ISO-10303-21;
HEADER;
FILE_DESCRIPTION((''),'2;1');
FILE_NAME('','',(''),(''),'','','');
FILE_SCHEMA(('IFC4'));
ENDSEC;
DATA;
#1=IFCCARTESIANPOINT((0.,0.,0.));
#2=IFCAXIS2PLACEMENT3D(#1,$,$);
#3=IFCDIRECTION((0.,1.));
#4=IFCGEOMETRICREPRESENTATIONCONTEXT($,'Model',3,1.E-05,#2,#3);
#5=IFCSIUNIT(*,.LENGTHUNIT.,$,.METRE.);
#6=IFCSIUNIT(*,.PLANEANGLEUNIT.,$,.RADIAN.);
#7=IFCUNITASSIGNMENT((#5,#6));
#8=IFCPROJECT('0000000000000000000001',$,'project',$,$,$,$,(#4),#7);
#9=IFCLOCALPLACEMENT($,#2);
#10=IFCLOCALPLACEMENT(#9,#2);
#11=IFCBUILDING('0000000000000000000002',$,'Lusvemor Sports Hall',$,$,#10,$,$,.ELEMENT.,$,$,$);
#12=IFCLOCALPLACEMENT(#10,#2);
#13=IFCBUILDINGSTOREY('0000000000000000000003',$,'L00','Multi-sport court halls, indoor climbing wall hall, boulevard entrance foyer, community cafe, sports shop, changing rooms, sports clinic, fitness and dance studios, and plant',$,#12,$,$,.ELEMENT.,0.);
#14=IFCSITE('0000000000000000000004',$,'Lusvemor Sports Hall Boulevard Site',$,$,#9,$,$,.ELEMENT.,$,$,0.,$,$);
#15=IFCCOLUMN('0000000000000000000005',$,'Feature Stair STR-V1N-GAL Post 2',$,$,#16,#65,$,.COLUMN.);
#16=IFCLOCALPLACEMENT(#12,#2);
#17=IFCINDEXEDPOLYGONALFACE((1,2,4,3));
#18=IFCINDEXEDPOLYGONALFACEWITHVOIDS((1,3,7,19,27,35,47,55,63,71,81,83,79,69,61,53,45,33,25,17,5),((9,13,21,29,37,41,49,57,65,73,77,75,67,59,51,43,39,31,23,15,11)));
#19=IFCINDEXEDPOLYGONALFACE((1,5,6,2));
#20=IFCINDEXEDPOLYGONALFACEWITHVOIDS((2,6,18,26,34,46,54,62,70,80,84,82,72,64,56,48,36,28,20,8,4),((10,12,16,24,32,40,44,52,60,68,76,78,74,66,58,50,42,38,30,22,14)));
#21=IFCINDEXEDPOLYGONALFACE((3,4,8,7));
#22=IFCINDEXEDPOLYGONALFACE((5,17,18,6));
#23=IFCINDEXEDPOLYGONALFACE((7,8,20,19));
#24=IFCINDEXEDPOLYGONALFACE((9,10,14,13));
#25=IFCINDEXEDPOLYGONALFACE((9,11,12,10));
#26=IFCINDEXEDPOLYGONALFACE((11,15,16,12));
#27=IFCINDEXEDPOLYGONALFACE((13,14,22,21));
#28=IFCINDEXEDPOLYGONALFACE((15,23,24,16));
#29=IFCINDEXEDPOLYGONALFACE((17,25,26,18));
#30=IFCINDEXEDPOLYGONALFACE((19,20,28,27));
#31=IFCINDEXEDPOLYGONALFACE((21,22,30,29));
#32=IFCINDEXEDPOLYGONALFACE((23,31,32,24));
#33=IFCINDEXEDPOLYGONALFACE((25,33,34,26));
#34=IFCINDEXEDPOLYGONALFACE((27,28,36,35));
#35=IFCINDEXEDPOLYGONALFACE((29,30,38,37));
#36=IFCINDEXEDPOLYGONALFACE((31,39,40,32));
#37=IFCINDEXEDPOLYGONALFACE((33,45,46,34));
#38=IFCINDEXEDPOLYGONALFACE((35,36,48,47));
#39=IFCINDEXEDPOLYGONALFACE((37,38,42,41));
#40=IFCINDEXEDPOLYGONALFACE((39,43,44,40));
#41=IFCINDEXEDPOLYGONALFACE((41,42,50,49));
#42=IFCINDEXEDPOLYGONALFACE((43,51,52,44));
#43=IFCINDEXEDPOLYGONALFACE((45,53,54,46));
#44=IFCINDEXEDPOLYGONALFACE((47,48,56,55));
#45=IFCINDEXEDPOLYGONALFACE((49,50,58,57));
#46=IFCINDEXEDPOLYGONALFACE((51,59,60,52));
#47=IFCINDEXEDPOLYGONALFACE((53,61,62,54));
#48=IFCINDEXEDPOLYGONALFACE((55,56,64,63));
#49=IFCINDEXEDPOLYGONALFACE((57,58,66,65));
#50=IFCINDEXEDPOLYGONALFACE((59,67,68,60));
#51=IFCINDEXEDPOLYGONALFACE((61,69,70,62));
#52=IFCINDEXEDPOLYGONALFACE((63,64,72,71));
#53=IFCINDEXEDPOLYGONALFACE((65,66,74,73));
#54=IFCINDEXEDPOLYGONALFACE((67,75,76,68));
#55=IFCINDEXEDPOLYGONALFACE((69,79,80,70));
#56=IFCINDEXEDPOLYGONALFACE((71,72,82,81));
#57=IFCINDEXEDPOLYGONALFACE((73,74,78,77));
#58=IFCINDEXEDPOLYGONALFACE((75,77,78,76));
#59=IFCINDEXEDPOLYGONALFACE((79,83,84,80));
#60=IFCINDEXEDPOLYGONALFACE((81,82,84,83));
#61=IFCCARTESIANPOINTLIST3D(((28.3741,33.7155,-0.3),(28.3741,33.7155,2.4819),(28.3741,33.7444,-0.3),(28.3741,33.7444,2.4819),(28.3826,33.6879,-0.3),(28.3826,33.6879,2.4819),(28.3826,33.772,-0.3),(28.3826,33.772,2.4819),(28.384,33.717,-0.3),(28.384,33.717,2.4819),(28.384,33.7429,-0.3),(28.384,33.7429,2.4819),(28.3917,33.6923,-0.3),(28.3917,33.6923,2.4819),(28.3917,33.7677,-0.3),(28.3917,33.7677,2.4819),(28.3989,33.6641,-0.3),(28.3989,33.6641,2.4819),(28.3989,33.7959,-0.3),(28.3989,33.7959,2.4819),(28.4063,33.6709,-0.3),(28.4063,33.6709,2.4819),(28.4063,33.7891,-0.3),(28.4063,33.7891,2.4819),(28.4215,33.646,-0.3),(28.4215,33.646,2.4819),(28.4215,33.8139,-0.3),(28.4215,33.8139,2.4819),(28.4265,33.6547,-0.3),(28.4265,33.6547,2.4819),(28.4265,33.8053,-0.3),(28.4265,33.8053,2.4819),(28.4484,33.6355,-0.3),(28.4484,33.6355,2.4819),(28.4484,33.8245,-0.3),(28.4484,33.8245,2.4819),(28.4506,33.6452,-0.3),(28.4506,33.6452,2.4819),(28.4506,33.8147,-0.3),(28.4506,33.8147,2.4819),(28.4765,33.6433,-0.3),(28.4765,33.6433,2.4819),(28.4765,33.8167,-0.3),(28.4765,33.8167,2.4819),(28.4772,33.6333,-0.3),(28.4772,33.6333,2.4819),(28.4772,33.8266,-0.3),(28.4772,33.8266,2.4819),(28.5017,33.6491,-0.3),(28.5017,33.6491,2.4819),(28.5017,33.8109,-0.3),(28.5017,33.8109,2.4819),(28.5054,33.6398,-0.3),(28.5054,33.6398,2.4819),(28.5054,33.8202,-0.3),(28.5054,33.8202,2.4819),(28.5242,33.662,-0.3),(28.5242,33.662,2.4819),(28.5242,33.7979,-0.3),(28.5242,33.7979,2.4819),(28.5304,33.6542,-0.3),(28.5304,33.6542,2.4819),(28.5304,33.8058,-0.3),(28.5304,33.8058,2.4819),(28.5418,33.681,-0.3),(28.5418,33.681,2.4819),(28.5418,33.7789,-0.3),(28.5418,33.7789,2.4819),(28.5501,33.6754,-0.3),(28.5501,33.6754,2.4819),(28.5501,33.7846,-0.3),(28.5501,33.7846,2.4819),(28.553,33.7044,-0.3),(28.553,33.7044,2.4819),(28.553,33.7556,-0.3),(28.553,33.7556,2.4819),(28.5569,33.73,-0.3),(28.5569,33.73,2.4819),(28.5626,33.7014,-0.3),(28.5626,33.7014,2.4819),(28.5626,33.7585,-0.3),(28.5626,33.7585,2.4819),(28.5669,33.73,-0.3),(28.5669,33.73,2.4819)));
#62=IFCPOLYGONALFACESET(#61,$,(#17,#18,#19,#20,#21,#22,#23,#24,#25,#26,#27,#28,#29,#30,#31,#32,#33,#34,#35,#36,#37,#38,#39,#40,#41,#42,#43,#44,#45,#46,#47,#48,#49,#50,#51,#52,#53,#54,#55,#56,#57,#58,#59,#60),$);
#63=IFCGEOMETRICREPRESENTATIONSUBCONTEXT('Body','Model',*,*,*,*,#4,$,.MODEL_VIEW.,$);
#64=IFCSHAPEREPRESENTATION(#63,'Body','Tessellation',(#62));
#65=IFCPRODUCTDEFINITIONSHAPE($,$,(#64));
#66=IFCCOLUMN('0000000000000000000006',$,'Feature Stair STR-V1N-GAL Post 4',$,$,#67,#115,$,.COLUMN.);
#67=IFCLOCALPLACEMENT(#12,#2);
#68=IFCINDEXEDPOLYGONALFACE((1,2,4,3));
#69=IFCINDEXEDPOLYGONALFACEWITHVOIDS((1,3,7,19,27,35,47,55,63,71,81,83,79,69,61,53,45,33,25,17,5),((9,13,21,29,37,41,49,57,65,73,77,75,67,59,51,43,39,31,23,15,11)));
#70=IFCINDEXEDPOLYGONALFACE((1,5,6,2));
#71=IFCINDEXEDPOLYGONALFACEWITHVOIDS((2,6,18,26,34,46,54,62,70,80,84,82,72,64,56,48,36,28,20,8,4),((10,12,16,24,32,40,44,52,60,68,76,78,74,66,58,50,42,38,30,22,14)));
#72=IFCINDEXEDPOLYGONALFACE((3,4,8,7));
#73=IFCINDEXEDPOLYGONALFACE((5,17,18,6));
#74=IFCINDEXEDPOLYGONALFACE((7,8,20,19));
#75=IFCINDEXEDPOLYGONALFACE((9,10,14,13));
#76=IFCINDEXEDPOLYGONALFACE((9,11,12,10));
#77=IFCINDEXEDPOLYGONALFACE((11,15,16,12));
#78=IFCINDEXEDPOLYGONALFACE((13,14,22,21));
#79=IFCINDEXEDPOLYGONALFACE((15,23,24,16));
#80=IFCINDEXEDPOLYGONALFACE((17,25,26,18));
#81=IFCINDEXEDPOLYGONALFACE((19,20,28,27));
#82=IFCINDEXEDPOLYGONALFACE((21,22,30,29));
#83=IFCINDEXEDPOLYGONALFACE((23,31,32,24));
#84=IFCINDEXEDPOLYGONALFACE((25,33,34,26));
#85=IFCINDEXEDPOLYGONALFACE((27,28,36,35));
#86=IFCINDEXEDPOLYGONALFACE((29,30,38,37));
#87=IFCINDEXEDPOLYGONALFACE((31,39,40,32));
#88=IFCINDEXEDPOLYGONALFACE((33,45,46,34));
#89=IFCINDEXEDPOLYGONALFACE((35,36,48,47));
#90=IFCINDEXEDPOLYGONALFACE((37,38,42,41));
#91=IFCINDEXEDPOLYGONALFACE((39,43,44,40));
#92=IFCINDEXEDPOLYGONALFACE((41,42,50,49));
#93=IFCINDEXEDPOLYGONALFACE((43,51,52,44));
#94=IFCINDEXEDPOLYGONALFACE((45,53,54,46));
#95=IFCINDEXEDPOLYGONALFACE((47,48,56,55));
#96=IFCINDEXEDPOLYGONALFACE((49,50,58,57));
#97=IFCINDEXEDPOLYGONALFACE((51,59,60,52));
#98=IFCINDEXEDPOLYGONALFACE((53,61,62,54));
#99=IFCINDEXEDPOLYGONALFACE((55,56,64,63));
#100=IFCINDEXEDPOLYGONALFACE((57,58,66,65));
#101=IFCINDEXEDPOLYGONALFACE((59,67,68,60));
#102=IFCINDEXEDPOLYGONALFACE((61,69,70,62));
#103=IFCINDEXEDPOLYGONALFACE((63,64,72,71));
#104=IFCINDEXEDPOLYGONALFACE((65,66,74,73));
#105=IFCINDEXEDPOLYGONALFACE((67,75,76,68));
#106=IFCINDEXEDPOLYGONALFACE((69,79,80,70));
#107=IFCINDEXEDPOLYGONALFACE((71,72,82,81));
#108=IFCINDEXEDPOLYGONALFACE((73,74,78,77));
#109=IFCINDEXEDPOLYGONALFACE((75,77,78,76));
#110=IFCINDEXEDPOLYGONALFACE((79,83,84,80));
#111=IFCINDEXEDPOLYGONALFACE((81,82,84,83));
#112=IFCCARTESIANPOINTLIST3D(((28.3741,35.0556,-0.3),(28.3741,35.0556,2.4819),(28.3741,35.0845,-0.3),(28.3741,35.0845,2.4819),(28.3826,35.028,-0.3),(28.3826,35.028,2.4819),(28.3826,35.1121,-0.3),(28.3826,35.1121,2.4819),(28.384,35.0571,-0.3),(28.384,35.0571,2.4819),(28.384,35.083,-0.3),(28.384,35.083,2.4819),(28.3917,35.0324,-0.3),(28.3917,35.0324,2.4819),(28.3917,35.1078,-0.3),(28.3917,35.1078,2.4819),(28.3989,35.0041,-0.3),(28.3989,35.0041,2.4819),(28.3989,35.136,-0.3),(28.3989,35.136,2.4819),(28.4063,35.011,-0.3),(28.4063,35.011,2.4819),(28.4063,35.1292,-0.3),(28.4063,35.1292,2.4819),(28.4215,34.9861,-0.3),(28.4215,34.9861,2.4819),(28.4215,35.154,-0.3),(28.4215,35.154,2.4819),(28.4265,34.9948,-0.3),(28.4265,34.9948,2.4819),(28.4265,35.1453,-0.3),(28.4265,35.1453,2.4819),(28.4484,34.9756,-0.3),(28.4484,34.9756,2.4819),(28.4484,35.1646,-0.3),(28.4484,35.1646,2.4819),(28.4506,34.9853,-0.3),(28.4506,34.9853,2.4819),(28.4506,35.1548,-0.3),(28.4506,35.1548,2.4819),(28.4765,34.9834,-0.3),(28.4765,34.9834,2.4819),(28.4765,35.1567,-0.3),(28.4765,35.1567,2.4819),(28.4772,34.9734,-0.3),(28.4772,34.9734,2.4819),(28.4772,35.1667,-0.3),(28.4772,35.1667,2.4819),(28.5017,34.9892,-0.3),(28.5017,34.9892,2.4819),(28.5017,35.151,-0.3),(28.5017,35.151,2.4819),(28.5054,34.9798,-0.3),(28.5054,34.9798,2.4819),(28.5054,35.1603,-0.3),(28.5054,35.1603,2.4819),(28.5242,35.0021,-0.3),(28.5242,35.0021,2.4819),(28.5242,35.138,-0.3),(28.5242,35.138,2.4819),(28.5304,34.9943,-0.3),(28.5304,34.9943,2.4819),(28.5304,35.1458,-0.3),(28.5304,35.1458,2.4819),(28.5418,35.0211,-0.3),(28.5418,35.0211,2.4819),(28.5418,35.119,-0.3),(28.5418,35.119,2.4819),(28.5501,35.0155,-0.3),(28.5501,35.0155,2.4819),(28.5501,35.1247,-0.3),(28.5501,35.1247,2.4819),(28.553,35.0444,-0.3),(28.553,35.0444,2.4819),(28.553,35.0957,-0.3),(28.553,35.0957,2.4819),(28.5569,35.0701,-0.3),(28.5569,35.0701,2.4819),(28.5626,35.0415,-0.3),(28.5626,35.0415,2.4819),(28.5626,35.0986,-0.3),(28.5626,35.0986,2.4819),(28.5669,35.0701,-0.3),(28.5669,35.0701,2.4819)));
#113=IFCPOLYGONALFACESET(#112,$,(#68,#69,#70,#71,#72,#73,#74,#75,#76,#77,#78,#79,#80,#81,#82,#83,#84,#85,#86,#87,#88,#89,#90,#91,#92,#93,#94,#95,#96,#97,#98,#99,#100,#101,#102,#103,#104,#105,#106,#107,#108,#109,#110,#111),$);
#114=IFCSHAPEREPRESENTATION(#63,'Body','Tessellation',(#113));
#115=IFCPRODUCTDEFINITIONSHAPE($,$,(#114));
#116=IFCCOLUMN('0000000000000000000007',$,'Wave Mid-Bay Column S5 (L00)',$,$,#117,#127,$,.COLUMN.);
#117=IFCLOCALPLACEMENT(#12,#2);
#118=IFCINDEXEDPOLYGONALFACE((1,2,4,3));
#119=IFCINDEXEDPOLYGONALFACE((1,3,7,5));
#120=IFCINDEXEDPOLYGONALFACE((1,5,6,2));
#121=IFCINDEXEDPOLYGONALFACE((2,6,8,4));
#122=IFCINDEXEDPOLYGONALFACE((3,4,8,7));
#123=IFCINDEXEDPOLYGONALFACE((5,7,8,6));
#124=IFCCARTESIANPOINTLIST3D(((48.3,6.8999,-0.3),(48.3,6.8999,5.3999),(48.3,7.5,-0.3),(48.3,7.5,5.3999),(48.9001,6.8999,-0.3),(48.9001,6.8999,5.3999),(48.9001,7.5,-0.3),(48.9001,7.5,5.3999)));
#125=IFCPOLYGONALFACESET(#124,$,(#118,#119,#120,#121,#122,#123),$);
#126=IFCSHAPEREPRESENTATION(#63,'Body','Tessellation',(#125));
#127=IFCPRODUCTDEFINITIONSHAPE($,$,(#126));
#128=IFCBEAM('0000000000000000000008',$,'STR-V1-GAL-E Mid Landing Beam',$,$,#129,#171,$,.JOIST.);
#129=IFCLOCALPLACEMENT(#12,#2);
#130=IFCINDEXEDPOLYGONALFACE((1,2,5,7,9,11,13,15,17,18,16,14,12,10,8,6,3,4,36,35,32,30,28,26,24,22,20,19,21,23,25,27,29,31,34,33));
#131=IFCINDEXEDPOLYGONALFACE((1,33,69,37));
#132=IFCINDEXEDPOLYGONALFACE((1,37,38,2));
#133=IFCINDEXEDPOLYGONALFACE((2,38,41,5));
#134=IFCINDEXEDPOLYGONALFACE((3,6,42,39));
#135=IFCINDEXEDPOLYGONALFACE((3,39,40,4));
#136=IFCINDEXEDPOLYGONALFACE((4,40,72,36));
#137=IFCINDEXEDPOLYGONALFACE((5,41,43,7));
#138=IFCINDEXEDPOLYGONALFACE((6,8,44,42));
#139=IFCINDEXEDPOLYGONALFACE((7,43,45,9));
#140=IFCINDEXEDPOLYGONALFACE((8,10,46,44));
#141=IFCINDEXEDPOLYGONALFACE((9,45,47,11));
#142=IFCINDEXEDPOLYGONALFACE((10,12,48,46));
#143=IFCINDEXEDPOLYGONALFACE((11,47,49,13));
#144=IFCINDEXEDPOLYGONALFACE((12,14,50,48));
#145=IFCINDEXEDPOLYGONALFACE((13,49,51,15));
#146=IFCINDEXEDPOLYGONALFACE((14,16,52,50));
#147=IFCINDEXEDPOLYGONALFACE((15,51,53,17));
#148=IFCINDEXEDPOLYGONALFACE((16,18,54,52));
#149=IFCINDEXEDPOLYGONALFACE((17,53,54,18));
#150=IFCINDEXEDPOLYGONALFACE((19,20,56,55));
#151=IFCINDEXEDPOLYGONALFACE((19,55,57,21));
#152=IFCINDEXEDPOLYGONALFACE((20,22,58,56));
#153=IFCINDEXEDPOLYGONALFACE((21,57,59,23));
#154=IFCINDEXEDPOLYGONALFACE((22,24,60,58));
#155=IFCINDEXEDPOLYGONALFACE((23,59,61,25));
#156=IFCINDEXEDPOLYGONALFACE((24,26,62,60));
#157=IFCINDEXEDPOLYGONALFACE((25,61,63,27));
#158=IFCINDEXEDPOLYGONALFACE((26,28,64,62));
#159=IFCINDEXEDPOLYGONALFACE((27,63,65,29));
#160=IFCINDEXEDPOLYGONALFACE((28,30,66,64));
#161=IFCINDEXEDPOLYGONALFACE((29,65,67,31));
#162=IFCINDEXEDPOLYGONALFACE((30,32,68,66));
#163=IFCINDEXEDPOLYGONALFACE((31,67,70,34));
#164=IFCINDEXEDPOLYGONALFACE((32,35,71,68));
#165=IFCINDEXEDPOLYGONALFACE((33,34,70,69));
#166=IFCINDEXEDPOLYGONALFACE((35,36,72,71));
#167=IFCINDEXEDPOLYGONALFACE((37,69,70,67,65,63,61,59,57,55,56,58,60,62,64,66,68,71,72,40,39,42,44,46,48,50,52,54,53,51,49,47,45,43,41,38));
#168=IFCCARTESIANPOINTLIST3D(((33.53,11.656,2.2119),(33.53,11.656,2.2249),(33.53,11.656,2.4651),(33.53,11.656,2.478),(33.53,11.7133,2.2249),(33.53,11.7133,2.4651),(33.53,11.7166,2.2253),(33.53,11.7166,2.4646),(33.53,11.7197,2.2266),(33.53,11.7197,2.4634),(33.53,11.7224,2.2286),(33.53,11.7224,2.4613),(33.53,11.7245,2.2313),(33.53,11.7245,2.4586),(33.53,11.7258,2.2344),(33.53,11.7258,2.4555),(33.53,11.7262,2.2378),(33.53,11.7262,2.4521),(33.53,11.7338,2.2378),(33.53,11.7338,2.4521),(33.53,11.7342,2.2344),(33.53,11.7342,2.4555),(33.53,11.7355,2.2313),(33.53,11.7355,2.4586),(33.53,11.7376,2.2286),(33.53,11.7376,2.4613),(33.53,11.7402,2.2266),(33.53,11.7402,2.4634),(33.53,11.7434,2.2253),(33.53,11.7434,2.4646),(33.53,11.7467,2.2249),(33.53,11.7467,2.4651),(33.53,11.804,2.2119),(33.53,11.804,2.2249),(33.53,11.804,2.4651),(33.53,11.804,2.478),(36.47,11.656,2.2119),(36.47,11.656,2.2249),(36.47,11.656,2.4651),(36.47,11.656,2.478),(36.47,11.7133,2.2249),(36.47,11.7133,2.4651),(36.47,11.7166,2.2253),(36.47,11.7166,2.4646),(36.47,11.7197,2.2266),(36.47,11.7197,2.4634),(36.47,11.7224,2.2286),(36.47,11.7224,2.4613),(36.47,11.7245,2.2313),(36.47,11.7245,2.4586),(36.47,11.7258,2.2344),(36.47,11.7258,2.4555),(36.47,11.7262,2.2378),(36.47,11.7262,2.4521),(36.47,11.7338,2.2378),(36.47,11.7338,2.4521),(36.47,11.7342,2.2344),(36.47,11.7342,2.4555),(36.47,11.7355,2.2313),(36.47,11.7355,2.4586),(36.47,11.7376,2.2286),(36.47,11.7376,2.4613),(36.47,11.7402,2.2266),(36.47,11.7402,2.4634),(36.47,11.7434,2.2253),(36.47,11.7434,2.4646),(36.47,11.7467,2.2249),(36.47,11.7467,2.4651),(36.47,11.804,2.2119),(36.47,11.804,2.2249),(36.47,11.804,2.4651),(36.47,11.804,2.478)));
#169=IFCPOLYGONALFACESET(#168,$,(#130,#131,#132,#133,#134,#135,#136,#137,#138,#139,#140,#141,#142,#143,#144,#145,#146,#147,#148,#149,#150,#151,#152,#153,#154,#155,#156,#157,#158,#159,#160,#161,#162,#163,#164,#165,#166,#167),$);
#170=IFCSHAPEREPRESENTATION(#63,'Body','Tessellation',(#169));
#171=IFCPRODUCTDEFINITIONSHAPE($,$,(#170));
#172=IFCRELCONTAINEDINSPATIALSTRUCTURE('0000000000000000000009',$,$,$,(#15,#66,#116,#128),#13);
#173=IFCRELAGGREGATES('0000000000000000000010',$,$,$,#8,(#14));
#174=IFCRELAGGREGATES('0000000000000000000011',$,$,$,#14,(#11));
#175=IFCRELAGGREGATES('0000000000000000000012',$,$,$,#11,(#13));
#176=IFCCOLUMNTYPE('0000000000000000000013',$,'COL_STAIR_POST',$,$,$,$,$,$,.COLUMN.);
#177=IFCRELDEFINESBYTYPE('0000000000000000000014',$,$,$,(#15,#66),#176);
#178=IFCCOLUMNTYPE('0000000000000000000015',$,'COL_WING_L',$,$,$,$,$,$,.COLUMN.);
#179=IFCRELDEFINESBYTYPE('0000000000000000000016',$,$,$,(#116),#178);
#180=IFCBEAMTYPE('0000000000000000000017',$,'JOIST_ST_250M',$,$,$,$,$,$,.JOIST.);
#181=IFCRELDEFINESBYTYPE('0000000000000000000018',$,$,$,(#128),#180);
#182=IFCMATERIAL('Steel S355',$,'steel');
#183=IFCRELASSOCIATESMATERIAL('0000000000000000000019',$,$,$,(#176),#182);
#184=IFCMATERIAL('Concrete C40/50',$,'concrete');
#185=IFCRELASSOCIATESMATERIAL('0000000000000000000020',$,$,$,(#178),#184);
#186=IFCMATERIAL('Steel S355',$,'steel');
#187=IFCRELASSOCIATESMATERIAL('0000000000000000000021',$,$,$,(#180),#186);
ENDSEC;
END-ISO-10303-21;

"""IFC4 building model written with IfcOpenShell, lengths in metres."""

from ifc_helpers import new_model, si_unit, direction, frame, origin, origin_2d, place, context, subcontext, project, spatial, rectangle, hollow_circle, i_section, extrude, material, material_profile, profile_set, type_object, element, save


model = new_model("IFC4")

# Units and contexts
model_context = context("Model", 3, precision=1e-05, world=origin(), true_north=direction((0.0, 1.0)))
body_context = subcontext(model_context, "Body", "Model", "MODEL_VIEW")
ifc_project = project(units=[si_unit("LENGTHUNIT", "METRE"), si_unit("PLANEANGLEUNIT", "RADIAN")], contexts=[model_context])

# Site, building, storey
site_placement = place(None, origin())
site = spatial("IfcSite", under=ifc_project, at=site_placement, Name="Lusvemor Sports Hall Boulevard Site", CompositionType="ELEMENT", RefElevation=0.0)
building_placement = place(site_placement, origin())
building = spatial("IfcBuilding", under=site, at=building_placement, Name="Lusvemor Sports Hall", CompositionType="ELEMENT")
storey_placement = place(building_placement, origin())
storey = spatial("IfcBuildingStorey", under=building, at=storey_placement, Name="L00", Description="Multi-sport court halls, indoor climbing wall hall, boulevard entrance foyer, community cafe, sports shop, changing rooms, sports clinic, fitness and dance studios, and plant", CompositionType="ELEMENT", Elevation=0.0)

# Columns
ifc_material_1 = material(Name="Steel S355", Category="steel")
ifc_material_profile_1 = material_profile(ifc_material_1, hollow_circle(Radius=0.0969, WallThickness=0.01, at=origin_2d()), Name="CHS193.7x10.0")
ifc_profile_set_1 = profile_set([ifc_material_profile_1], Name="Steel S355")
column_type_1 = type_object("IfcColumnType", Name="COL_STAIR_POST", PredefinedType="COLUMN", material=ifc_profile_set_1)
for number, where, z_axis, x_axis, name in (
    (1, (28.47, 33.73, -0.3), (0.0, 0.0, 1.0), (1.0, 0.0, 0.0), "Feature Stair STR-V1N-GAL Post 2"),
    (2, (28.47, 35.0701, -0.3), (0.0, 0.0, 1.0), (1.0, 0.0, 0.0), "Feature Stair STR-V1N-GAL Post 4"),
):
    element("IfcColumn", number, at=place(storey_placement, frame(where, z_axis=z_axis, x_axis=x_axis)), inside=storey, type_object=column_type_1, Name=name, PredefinedType="COLUMN", context=body_context, shape_type="SweptSolid", body=[
        extrude(hollow_circle(Radius=0.0969, WallThickness=0.01, at=origin_2d()), origin(), (0.0, 0.0, 1.0), 2.782),
    ])
ifc_material_2 = material(Name="Concrete C40/50", Category="concrete")
ifc_material_profile_2 = material_profile(ifc_material_2, rectangle(XDim=0.6001, YDim=0.6001, at=origin_2d()), Name="RC600x600")
ifc_profile_set_2 = profile_set([ifc_material_profile_2], Name="Concrete C40/50")
column_type_2 = type_object("IfcColumnType", Name="COL_WING_L", PredefinedType="COLUMN", material=ifc_profile_set_2)
column_placement = place(storey_placement, frame((48.6001, 7.2, -0.3), z_axis=(0.0, 0.0, 1.0), x_axis=(1.0, 0.0, 0.0)))
element("IfcColumn", 3, at=column_placement, inside=storey, type_object=column_type_2, Name="Wave Mid-Bay Column S5 (L00)", PredefinedType="COLUMN", context=body_context, shape_type="SweptSolid", body=[
    extrude(rectangle(XDim=0.6001, YDim=0.6001, at=origin_2d()), origin(), (0.0, 0.0, 1.0), 5.7),
])

# Beam
ifc_material_3 = material(Name="Steel S355", Category="steel")
ifc_material_profile_3 = material_profile(ifc_material_3, i_section(OverallWidth=0.1479, OverallDepth=0.2661, WebThickness=0.0076, FlangeThickness=0.0129, FilletRadius=0.0129, at=origin_2d()), Name="W250x44.8")
ifc_profile_set_3 = profile_set([ifc_material_profile_3], Name="Steel S355")
beam_type = type_object("IfcBeamType", Name="JOIST_ST_250M", PredefinedType="JOIST", material=ifc_profile_set_3)
for number, where, z_axis, x_axis, name in (
    (4, (33.53, 11.73, 2.345), (1.0, 0.0, 0.0), (0.0, 1.0, 0.0), "STR-V1-GAL-E Mid Landing Beam"),
):
    element("IfcBeam", number, at=place(storey_placement, frame(where, z_axis=z_axis, x_axis=x_axis)), inside=storey, type_object=beam_type, Name=name, PredefinedType="JOIST", context=body_context, shape_type="SweptSolid", body=[
        extrude(i_section(OverallWidth=0.1479, OverallDepth=0.2661, WebThickness=0.0076, FlangeThickness=0.0129, FilletRadius=0.0129, at=origin_2d()), origin(), (0.0, 0.0, 1.0), 2.9399),
    ])

save(model, "model.ifc")
